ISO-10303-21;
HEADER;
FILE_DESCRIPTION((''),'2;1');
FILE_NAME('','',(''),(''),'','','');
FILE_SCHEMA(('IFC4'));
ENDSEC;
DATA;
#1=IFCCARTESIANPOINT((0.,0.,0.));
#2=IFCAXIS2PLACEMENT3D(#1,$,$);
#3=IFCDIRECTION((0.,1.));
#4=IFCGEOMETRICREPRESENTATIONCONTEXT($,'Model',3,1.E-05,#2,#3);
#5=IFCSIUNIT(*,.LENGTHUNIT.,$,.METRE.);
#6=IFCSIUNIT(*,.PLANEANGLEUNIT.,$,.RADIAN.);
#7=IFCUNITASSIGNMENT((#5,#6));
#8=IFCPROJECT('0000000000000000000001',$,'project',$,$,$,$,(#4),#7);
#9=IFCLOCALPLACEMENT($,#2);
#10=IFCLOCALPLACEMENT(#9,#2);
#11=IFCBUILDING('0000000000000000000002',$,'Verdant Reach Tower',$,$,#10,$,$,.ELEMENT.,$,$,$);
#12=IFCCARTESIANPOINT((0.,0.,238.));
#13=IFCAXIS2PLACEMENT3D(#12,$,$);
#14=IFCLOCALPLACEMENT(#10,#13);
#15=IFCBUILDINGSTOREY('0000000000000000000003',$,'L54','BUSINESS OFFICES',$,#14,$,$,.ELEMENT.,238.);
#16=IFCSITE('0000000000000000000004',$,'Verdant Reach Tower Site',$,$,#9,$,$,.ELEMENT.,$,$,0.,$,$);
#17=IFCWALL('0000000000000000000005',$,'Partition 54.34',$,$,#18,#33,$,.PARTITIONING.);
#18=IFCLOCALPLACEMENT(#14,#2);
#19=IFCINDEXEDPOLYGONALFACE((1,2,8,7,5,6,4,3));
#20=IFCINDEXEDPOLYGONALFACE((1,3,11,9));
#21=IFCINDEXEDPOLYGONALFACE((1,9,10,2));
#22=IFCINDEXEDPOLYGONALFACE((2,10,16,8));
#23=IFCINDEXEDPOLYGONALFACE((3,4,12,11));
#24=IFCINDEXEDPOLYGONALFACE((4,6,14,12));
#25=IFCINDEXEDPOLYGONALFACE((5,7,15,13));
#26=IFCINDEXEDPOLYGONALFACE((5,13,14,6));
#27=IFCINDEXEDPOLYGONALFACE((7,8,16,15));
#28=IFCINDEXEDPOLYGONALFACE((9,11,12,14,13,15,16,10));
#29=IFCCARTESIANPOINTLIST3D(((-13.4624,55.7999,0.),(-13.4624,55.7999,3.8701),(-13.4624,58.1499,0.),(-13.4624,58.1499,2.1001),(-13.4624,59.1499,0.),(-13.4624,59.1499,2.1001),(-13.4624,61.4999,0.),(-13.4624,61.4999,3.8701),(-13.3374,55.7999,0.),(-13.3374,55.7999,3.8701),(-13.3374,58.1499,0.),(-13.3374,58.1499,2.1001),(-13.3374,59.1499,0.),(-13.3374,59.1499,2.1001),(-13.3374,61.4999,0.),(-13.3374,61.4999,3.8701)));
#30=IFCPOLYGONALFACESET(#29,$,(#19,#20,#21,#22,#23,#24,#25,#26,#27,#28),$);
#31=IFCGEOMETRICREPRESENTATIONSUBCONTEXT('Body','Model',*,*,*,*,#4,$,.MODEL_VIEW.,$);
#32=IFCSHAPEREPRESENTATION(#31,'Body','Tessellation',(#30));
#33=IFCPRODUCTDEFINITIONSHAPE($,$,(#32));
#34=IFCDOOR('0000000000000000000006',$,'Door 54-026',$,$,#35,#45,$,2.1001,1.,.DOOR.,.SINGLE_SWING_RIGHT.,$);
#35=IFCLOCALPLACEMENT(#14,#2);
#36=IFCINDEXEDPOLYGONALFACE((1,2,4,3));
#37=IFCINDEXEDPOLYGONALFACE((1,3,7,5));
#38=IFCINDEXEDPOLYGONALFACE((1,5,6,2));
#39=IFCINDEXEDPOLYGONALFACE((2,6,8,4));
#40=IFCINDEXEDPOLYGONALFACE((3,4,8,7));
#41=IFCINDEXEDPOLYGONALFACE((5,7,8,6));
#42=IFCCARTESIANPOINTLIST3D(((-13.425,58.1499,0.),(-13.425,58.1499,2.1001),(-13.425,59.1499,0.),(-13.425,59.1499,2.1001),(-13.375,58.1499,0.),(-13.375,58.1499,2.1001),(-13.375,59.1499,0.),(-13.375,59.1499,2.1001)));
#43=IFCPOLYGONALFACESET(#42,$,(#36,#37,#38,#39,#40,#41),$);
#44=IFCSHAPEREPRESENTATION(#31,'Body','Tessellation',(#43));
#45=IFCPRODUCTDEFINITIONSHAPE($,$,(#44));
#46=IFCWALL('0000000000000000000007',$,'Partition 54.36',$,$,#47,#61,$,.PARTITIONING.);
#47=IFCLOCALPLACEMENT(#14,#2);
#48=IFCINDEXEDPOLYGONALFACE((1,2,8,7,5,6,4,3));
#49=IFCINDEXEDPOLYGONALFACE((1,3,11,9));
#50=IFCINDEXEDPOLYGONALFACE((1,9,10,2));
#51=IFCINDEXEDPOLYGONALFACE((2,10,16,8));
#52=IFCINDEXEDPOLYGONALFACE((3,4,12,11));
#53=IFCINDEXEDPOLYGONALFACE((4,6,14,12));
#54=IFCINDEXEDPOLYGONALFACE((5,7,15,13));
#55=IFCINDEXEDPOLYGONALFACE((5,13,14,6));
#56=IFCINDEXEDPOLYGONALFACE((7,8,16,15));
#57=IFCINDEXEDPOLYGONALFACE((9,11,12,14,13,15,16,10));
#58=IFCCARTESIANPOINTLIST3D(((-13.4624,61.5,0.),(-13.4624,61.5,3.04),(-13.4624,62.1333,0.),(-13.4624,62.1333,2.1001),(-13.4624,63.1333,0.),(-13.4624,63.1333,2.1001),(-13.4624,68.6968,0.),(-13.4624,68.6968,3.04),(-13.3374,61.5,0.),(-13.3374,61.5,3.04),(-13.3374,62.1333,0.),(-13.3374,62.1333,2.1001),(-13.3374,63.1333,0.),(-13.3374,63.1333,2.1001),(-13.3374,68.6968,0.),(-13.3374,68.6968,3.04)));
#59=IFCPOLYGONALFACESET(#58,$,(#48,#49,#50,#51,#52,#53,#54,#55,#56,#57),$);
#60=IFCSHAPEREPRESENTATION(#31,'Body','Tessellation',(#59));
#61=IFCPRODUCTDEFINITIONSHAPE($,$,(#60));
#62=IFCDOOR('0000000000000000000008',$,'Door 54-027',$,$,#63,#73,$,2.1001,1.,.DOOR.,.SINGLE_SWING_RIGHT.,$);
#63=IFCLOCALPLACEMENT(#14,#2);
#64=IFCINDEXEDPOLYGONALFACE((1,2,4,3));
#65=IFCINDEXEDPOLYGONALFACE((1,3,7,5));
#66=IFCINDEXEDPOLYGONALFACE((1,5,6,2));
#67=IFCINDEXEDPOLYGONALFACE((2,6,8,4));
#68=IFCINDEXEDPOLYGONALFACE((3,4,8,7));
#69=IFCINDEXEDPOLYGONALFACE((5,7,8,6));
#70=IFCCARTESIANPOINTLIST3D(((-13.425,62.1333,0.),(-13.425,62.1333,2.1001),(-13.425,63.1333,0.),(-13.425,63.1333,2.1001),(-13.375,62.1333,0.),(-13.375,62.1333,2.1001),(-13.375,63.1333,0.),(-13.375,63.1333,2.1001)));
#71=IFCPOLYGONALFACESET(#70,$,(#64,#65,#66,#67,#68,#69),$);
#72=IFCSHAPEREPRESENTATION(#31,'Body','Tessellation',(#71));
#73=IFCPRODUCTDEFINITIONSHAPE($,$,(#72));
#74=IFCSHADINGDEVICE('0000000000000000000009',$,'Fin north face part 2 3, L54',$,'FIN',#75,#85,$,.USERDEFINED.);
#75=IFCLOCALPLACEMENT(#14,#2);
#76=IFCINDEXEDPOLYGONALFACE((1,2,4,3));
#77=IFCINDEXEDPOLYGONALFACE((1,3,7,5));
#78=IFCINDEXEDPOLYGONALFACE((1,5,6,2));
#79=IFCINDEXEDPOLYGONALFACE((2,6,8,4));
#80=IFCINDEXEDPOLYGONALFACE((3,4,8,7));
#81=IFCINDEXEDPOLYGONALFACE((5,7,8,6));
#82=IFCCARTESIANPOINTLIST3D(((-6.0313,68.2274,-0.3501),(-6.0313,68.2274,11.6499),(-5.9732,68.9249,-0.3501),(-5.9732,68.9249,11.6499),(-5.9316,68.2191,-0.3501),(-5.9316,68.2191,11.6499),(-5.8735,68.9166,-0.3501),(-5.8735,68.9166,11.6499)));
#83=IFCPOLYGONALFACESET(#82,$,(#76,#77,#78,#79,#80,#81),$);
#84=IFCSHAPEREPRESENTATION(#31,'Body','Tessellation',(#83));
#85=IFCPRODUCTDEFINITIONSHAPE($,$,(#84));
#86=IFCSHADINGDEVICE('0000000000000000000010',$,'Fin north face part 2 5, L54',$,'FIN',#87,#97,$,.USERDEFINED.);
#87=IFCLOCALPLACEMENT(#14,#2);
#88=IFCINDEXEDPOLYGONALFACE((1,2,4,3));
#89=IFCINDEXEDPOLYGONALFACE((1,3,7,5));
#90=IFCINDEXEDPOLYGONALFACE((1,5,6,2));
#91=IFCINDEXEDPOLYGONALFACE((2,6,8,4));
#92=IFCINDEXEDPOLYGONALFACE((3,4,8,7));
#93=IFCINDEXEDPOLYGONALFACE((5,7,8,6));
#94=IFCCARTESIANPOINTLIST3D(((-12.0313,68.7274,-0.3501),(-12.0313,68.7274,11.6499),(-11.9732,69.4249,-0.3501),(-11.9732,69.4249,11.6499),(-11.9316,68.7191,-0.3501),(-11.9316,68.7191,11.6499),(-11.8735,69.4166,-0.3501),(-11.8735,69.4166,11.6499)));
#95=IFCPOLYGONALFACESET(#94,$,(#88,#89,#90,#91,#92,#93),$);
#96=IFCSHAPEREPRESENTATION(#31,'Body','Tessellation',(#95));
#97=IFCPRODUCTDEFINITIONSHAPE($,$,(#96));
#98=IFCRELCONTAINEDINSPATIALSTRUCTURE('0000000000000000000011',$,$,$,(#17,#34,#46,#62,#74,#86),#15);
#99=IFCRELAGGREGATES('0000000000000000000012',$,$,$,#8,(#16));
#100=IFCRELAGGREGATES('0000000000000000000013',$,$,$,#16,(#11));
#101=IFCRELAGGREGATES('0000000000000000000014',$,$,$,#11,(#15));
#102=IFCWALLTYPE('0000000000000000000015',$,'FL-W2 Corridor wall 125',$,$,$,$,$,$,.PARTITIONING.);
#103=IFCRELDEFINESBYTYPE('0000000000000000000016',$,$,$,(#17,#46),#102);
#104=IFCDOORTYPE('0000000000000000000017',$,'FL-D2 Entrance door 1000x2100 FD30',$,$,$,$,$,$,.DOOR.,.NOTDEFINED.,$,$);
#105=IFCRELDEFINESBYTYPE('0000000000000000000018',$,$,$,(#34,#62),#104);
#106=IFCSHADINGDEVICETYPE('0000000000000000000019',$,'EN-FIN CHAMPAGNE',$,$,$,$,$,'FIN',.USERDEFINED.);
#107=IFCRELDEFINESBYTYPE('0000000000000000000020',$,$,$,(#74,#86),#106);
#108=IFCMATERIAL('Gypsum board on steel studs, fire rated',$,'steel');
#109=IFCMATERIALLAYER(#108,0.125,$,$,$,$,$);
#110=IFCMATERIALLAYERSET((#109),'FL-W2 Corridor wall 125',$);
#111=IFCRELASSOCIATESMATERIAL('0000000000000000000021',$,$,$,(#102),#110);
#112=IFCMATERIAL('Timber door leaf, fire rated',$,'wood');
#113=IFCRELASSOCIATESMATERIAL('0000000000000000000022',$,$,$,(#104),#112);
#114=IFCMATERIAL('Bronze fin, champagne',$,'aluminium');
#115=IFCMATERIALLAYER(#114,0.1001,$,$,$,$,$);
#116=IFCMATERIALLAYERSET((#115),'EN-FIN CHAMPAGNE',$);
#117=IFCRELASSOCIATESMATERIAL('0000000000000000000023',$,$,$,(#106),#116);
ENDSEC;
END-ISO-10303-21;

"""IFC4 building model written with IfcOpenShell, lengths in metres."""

from ifc_helpers import new_model, si_unit, direction, frame, frame_2d, origin, origin_2d, place, context, subcontext, project, spatial, rectangle, extrude, material, layer, layer_set, type_object, element, fill, save


model = new_model("IFC4")

# Units and contexts
model_context = context("Model", 3, precision=1e-05, world=origin(), true_north=direction((0.0, 1.0)))
body_context = subcontext(model_context, "Body", "Model", "MODEL_VIEW")
ifc_project = project(units=[si_unit("LENGTHUNIT", "METRE"), si_unit("PLANEANGLEUNIT", "RADIAN")], contexts=[model_context])

# Site, building, storey
site_placement = place(None, origin())
site = spatial("IfcSite", under=ifc_project, at=site_placement, Name="Verdant Reach Tower Site", CompositionType="ELEMENT", RefElevation=0.0)
building_placement = place(site_placement, origin())
building = spatial("IfcBuilding", under=site, at=building_placement, Name="Verdant Reach Tower", CompositionType="ELEMENT")
storey_placement = place(building_placement, frame((0.0, 0.0, 238.0)))
storey = spatial("IfcBuildingStorey", under=building, at=storey_placement, Name="L54", Description="BUSINESS OFFICES", CompositionType="ELEMENT", Elevation=238.0)

# Shared definitions
ifc_material_1 = material(Name="Gypsum board on steel studs, fire rated", Category="steel")
ifc_layer_1 = layer(ifc_material_1, 0.125)
ifc_layer_set_1 = layer_set([ifc_layer_1], Name="FL-W2 Corridor wall 125")
wall_type_1 = type_object("IfcWallType", Name="FL-W2 Corridor wall 125", PredefinedType="PARTITIONING", material=ifc_layer_set_1)

# Walls, openings, doors
ifc_material_2 = material(Name="Timber door leaf, fire rated", Category="wood")
door_type_1 = type_object("IfcDoorType", Name="FL-D2 Entrance door 1000x2100 FD30", OperationType="NOTDEFINED", PredefinedType="DOOR", material=ifc_material_2)
wall_1_placement = place(storey_placement, frame((-13.3999, 61.5, 0.0), z_axis=(0.0, 0.0, 1.0), x_axis=(0.0, -1.0, 0.0)))
wall_1 = element("IfcWall", 1, at=wall_1_placement, inside=storey, type_object=wall_type_1, Name="Partition 54.34", PredefinedType="PARTITIONING", context=body_context, shape_type="SweptSolid", body=[
    extrude(rectangle(XDim=5.7, YDim=0.125, at=frame_2d((2.8501, 0.0))), origin(), (0.0, 0.0, 1.0), 3.8701),
])
opening_1_placement = place(wall_1_placement, frame((2.3501, 0.0, 0.0)))
opening_1 = element("IfcOpeningElement", 2, at=opening_1_placement, cuts=wall_1, PredefinedType="OPENING", context=body_context, shape_type="SweptSolid", body=[
    extrude(rectangle(XDim=1.0, YDim=2.1001, at=frame_2d((0.5, 1.05))), frame((0.0, 0.0725, 0.0), z_axis=(0.0, -1.0, 0.0), x_axis=(1.0, 0.0, 0.0)), (0.0, 0.0, 1.0), 0.145),
])
door_1_placement = place(opening_1_placement, origin())
door_1 = element("IfcDoor", 3, at=door_1_placement, inside=storey, type_object=door_type_1, Name="Door 54-026", OperationType="SINGLE_SWING_RIGHT", OverallHeight=2.1001, OverallWidth=1.0, PredefinedType="DOOR", context=body_context, shape_type="SweptSolid", body=[
    extrude(rectangle(XDim=1.0, YDim=2.1001, at=frame_2d((0.5, 1.05))), frame((0.0, 0.0249, 0.0), z_axis=(0.0, -1.0, 0.0), x_axis=(1.0, 0.0, 0.0)), (0.0, 0.0, 1.0), 0.05),
])
fill(opening_1, door_1)
wall_2_placement = place(storey_placement, frame((-13.3999, 68.6968, 0.0), z_axis=(0.0, 0.0, 1.0), x_axis=(0.0, -1.0, 0.0)))
wall_2 = element("IfcWall", 4, at=wall_2_placement, inside=storey, type_object=wall_type_1, Name="Partition 54.36", PredefinedType="PARTITIONING", context=body_context, shape_type="SweptSolid", body=[
    extrude(rectangle(XDim=7.1968, YDim=0.125, at=frame_2d((3.5984, 0.0))), origin(), (0.0, 0.0, 1.0), 3.04),
])
opening_2_placement = place(wall_2_placement, frame((5.5635, 0.0, 0.0)))
opening_2 = element("IfcOpeningElement", 5, at=opening_2_placement, cuts=wall_2, PredefinedType="OPENING", context=body_context, shape_type="SweptSolid", body=[
    extrude(rectangle(XDim=1.0, YDim=2.1001, at=frame_2d((0.5, 1.05))), frame((0.0, 0.0725, 0.0), z_axis=(0.0, -1.0, 0.0), x_axis=(1.0, 0.0, 0.0)), (0.0, 0.0, 1.0), 0.145),
])
door_2_placement = place(opening_2_placement, origin())
door_2 = element("IfcDoor", 6, at=door_2_placement, inside=storey, type_object=door_type_1, Name="Door 54-027", OperationType="SINGLE_SWING_RIGHT", OverallHeight=2.1001, OverallWidth=1.0, PredefinedType="DOOR", context=body_context, shape_type="SweptSolid", body=[
    extrude(rectangle(XDim=1.0, YDim=2.1001, at=frame_2d((0.5, 1.05))), frame((0.0, 0.0249, 0.0), z_axis=(0.0, -1.0, 0.0), x_axis=(1.0, 0.0, 0.0)), (0.0, 0.0, 1.0), 0.05),
])
fill(opening_2, door_2)

# Shading devices
ifc_material_3 = material(Name="Bronze fin, champagne", Category="aluminium")
ifc_layer_2 = layer(ifc_material_3, 0.1001)
ifc_layer_set_2 = layer_set([ifc_layer_2], Name="EN-FIN CHAMPAGNE")
shading_device_type = type_object("IfcShadingDeviceType", Name="EN-FIN CHAMPAGNE", ElementType="FIN", PredefinedType="USERDEFINED", material=ifc_layer_set_2)
for number, where, z_axis, x_axis, name in (
    (7, (-5.9524, 68.572, -0.3501), (0.0, 0.0, 1.0), (-0.996546, 0.083045, 0.0), "Fin north face part 2 3, L54"),
    (8, (-11.9524, 69.072, -0.3501), (0.0, 0.0, 1.0), (-0.996546, 0.083045, 0.0), "Fin north face part 2 5, L54"),
):
    element("IfcShadingDevice", number, at=place(storey_placement, frame(where, z_axis=z_axis, x_axis=x_axis)), inside=storey, type_object=shading_device_type, Name=name, ObjectType="FIN", PredefinedType="USERDEFINED", context=body_context, shape_type="SweptSolid", body=[
        extrude(rectangle(XDim=0.1001, YDim=0.7, at=origin_2d()), origin(), (0.0, 0.0, 1.0), 12.0),
    ])

save(model, "model.ifc")
